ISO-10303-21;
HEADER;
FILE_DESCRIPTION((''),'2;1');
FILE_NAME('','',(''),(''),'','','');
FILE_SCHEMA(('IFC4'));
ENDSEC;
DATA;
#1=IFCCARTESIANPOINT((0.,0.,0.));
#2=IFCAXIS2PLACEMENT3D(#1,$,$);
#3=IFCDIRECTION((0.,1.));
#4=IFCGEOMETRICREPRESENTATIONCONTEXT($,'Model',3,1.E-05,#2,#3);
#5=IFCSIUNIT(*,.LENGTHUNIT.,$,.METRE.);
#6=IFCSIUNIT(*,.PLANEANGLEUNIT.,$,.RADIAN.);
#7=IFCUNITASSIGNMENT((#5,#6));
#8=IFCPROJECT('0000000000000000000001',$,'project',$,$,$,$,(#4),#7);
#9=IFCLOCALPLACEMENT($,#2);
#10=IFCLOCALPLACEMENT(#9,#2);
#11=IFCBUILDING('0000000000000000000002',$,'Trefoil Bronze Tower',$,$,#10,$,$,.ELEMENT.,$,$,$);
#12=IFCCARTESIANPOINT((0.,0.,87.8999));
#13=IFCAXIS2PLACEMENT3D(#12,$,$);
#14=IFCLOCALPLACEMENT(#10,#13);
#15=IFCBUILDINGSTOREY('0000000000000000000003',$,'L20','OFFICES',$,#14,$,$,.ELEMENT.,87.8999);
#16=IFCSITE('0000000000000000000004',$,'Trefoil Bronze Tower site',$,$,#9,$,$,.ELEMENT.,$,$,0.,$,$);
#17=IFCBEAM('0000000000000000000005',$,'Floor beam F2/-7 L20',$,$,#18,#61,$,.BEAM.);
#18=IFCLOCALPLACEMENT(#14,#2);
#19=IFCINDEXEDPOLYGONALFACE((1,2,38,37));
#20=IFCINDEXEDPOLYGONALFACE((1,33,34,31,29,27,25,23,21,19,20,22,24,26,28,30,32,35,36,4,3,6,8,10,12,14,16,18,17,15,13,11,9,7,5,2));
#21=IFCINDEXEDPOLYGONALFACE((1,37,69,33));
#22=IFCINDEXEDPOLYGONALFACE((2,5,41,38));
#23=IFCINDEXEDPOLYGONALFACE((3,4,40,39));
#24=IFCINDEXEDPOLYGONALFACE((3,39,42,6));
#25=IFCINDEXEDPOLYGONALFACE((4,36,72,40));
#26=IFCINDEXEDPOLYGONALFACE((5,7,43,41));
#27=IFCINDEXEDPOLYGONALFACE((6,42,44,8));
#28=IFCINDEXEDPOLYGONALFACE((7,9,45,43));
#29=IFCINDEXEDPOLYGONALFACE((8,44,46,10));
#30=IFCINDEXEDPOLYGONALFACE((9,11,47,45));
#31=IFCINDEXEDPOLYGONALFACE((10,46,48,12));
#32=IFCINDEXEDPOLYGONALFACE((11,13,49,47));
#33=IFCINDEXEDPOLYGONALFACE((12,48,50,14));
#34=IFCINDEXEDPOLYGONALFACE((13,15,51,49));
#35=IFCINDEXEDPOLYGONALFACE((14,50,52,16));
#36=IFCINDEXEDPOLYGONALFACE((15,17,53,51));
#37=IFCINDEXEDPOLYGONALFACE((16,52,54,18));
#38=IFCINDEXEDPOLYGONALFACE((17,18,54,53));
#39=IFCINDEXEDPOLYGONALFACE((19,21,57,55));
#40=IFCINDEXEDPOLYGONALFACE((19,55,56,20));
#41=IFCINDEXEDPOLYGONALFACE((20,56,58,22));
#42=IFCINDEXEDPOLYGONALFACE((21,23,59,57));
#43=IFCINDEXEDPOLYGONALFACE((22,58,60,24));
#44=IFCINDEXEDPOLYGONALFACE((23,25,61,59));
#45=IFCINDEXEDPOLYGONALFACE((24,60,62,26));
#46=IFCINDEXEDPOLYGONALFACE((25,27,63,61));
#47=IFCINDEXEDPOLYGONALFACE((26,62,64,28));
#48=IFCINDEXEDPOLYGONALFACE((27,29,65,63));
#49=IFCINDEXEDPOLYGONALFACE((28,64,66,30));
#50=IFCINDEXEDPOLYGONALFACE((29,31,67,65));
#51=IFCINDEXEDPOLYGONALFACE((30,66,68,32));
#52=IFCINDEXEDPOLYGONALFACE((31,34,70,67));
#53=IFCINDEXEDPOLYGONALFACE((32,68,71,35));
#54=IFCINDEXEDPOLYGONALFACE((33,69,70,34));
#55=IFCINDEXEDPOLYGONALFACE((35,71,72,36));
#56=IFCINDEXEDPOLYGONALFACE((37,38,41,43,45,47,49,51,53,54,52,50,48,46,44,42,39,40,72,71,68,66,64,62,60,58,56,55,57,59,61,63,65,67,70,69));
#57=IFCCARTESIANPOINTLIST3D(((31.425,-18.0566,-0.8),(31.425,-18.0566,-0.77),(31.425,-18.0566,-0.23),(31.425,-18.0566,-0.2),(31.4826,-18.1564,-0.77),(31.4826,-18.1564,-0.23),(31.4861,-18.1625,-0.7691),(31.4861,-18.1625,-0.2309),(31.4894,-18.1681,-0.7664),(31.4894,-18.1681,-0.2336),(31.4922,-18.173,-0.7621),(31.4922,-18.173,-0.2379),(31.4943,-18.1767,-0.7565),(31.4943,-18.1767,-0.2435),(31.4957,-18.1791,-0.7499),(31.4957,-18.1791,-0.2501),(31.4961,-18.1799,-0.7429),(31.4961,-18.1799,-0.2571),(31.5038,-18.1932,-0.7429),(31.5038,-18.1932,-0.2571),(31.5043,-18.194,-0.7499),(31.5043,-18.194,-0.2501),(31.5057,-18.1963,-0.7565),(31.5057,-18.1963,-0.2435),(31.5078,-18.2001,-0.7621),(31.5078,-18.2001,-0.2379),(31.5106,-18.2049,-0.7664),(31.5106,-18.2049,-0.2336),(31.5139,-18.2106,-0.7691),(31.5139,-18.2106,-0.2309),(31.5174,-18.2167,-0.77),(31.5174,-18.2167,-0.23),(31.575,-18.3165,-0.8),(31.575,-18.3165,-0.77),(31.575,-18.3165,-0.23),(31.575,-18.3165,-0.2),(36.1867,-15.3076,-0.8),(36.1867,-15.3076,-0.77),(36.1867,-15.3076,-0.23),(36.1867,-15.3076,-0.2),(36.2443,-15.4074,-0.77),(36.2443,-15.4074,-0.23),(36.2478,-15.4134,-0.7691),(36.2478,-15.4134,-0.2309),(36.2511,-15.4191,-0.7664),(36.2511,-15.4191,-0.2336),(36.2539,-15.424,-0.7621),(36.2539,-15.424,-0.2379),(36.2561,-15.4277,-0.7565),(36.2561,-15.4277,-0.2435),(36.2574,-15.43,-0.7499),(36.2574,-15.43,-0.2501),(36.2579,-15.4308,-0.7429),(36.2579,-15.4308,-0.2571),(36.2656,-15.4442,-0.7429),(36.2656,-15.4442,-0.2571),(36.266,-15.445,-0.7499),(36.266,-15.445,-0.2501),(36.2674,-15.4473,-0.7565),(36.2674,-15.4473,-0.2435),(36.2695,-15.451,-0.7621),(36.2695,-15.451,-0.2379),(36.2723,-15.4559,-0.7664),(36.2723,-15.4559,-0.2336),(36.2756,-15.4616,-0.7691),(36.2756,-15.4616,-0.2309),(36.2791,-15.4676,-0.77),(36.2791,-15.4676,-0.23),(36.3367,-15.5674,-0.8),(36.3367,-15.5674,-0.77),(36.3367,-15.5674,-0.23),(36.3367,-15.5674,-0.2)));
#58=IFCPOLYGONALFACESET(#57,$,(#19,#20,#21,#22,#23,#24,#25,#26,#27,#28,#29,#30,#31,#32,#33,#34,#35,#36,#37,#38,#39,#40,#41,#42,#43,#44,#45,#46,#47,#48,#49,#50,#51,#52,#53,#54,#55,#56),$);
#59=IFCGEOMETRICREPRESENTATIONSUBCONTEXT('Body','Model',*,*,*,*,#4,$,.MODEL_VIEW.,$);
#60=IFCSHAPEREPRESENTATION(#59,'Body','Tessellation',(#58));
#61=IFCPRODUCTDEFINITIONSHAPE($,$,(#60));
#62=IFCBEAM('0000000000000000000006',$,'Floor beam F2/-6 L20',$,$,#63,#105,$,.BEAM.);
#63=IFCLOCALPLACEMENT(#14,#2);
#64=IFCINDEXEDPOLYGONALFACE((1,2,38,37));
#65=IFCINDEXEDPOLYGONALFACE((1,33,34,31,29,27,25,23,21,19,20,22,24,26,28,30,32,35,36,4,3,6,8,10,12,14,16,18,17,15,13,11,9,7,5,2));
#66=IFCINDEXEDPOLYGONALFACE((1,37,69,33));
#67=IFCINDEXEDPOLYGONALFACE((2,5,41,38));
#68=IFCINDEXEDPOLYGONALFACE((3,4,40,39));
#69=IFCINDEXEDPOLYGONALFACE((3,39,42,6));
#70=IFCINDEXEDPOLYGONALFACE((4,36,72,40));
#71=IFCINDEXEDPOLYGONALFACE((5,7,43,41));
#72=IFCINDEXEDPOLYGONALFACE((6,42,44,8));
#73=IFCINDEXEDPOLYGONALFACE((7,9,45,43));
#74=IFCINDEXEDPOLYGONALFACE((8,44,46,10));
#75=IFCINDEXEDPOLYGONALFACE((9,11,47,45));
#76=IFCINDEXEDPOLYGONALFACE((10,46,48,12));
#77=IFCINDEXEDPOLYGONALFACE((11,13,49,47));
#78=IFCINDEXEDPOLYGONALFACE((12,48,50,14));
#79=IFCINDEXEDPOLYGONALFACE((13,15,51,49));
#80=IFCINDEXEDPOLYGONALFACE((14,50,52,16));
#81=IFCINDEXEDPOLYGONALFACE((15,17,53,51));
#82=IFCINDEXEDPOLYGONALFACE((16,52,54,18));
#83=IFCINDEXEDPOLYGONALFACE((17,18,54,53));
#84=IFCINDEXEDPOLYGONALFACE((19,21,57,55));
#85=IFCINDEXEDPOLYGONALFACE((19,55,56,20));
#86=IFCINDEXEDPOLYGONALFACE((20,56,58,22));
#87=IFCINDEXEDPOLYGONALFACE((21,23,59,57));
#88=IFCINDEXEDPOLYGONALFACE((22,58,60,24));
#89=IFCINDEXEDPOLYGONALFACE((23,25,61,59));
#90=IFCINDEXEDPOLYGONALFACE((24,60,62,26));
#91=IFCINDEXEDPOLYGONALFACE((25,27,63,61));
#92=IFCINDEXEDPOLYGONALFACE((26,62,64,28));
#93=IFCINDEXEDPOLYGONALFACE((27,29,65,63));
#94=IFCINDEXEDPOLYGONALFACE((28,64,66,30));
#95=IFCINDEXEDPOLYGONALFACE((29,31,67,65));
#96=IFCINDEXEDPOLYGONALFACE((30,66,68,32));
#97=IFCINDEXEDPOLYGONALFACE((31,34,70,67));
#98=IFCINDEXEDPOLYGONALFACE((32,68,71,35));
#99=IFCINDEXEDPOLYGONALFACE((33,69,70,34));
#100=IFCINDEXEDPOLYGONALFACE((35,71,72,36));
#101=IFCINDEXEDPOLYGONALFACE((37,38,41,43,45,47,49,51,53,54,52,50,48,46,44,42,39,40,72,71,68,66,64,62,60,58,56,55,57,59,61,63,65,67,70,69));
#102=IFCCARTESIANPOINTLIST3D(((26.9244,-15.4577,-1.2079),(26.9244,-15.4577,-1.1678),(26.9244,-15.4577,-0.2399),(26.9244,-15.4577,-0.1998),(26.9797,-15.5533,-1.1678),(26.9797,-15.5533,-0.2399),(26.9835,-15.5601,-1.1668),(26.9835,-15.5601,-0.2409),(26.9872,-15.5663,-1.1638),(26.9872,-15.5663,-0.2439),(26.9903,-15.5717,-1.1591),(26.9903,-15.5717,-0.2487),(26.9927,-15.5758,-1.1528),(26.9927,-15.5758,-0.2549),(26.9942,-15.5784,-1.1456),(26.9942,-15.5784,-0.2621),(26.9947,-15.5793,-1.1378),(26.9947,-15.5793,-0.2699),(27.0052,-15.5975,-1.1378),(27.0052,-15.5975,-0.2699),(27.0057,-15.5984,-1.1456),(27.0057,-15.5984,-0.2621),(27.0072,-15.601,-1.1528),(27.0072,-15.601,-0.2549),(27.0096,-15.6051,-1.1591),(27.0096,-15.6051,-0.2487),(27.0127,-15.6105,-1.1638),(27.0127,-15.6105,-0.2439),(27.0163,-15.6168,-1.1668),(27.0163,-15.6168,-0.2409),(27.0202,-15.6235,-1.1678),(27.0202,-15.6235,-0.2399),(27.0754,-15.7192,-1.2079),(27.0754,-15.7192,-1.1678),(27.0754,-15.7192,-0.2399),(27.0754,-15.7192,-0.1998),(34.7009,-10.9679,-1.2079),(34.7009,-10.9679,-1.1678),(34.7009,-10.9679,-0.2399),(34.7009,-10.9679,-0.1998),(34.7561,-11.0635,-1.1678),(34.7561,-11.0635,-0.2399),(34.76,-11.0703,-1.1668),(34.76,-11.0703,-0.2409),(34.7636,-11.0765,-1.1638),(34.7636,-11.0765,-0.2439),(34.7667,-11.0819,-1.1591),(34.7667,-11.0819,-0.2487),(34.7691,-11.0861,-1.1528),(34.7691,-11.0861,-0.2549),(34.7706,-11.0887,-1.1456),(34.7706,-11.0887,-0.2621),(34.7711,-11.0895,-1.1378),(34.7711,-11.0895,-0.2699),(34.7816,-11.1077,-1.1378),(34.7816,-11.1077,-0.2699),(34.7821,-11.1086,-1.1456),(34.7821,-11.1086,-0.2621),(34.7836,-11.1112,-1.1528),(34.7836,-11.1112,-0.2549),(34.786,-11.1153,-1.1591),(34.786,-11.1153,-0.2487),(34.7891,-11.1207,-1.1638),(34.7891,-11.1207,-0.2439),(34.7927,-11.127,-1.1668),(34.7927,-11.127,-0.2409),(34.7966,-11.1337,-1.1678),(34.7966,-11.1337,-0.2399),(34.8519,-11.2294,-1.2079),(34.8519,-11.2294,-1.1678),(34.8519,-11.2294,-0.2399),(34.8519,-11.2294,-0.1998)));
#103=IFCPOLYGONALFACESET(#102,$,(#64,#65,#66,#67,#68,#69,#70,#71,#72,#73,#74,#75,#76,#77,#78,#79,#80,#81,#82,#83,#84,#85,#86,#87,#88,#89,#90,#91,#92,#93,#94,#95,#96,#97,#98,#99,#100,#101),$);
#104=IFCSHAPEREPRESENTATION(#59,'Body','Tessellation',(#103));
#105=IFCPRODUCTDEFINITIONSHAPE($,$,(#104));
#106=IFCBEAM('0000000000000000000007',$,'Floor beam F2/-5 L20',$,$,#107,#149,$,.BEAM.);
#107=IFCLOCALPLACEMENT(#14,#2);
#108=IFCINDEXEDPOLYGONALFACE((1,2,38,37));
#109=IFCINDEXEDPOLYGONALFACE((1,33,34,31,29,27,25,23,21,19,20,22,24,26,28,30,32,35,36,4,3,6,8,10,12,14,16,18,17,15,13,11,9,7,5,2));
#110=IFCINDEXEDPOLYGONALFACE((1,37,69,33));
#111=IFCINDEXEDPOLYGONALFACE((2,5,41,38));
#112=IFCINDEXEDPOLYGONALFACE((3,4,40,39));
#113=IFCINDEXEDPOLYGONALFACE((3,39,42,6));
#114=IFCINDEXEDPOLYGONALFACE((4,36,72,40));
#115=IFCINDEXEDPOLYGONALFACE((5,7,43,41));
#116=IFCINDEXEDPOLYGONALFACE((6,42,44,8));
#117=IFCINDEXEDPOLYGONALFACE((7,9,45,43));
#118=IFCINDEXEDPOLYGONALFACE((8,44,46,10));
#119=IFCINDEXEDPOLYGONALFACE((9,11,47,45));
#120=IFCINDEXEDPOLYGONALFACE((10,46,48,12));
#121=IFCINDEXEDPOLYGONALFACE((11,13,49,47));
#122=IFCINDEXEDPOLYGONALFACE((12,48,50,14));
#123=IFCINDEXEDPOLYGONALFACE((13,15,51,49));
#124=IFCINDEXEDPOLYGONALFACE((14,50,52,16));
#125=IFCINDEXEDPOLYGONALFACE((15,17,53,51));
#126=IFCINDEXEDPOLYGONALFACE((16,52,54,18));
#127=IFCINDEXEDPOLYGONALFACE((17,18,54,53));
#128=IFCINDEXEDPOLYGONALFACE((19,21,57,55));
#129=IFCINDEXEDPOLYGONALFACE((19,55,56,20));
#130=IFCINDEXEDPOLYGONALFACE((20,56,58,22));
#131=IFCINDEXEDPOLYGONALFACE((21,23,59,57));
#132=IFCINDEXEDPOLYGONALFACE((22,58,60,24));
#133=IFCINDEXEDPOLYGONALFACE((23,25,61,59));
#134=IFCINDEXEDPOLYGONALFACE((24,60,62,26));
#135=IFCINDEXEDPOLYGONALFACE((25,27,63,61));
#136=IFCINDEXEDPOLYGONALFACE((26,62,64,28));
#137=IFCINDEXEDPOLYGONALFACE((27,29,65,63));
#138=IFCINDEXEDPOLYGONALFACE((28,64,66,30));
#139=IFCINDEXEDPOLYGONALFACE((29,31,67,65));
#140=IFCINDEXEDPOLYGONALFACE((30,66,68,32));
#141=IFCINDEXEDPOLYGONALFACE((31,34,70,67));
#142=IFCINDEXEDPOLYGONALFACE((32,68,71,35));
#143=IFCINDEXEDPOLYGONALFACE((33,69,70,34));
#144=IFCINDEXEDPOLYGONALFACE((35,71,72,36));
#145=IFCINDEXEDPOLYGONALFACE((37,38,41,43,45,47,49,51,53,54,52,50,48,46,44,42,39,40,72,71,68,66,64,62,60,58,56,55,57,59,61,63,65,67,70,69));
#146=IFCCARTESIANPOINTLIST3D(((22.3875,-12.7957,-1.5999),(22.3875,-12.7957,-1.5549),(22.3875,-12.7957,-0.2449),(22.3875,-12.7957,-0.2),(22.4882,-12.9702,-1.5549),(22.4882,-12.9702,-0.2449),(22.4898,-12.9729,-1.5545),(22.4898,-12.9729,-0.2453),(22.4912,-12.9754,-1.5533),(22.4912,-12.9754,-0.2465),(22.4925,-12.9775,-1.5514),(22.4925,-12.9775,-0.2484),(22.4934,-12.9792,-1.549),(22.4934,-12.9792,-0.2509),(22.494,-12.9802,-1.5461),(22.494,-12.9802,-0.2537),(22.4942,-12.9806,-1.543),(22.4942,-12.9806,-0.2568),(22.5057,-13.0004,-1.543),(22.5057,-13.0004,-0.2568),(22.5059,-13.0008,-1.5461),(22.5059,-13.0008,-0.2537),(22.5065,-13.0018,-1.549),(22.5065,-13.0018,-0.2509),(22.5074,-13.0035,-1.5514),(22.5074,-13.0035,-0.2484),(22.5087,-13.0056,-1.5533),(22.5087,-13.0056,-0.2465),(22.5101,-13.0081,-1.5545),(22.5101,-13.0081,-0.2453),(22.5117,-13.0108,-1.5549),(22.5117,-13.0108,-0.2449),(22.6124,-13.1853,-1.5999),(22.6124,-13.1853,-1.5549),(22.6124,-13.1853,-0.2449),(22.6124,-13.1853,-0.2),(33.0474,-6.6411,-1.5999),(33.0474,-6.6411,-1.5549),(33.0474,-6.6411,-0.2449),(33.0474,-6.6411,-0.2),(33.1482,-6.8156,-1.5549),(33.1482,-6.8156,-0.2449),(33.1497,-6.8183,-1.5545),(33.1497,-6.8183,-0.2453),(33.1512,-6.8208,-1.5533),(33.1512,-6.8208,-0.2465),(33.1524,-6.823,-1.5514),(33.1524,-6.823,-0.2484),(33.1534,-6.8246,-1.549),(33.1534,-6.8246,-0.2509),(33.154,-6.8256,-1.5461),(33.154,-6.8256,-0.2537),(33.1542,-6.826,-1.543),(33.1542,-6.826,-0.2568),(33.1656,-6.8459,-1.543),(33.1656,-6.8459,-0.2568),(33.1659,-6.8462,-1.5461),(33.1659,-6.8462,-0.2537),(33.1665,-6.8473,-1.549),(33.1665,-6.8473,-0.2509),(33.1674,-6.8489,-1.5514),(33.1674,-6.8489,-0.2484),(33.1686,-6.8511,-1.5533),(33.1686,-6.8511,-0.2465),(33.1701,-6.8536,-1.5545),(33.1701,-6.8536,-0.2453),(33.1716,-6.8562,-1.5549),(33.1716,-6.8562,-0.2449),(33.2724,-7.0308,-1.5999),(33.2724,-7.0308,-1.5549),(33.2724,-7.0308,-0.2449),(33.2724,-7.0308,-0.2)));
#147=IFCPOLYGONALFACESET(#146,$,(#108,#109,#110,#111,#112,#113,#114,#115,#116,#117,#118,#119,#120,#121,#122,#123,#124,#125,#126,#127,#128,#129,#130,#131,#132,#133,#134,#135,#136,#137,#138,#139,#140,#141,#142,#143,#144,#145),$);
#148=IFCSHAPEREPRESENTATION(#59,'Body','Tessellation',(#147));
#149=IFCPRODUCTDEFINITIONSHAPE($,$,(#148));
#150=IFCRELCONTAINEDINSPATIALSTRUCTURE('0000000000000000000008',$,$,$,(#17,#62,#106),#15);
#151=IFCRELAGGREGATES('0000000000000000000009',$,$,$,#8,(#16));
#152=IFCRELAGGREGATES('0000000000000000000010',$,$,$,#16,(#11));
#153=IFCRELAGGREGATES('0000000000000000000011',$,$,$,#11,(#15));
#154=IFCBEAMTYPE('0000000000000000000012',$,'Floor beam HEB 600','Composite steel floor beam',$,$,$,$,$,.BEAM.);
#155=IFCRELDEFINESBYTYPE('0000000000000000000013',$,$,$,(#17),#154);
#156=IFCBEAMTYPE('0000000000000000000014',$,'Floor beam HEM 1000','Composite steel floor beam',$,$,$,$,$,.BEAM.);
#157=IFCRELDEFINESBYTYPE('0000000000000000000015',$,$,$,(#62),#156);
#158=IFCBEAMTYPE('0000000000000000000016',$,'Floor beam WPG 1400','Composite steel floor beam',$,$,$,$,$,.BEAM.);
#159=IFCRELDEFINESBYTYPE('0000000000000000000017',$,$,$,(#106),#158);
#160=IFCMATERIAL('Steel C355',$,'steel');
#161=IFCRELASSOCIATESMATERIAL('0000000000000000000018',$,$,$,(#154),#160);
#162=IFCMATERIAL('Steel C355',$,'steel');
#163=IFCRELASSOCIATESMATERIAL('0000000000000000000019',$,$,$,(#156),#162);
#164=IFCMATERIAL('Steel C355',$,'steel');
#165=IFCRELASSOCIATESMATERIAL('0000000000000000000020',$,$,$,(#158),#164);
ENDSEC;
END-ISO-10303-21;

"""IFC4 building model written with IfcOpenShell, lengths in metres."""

from ifc_helpers import new_model, si_unit, direction, frame, origin, origin_2d, place, context, subcontext, project, spatial, i_section, extrude, material, material_profile, profile_set, type_object, element, save


model = new_model("IFC4")

# Units and contexts
model_context = context("Model", 3, precision=1e-05, world=origin(), true_north=direction((0.0, 1.0)))
body_context = subcontext(model_context, "Body", "Model", "MODEL_VIEW")
ifc_project = project(units=[si_unit("LENGTHUNIT", "METRE"), si_unit("PLANEANGLEUNIT", "RADIAN")], contexts=[model_context])

# Site, building, storey
site_placement = place(None, origin())
site = spatial("IfcSite", under=ifc_project, at=site_placement, Name="Trefoil Bronze Tower site", CompositionType="ELEMENT", RefElevation=0.0)
building_placement = place(site_placement, origin())
building = spatial("IfcBuilding", under=site, at=building_placement, Name="Trefoil Bronze Tower", CompositionType="ELEMENT")
storey_placement = place(building_placement, frame((0.0, 0.0, 87.8999)))
storey = spatial("IfcBuildingStorey", under=building, at=storey_placement, Name="L20", Description="OFFICES", CompositionType="ELEMENT", Elevation=87.8999)

# Beams
ifc_material_1 = material(Name="Steel C355", Category="steel")
ifc_material_profile_1 = material_profile(ifc_material_1, i_section(OverallWidth=0.3, OverallDepth=0.6001, WebThickness=0.0154, FlangeThickness=0.03, FilletRadius=0.0271, at=origin_2d()), Name="HEB 600")
ifc_profile_set_1 = profile_set([ifc_material_profile_1], Name="Steel C355")
beam_type_1 = type_object("IfcBeamType", Name="Floor beam HEB 600", Description="Composite steel floor beam", PredefinedType="BEAM", material=ifc_profile_set_1)
beam_1_placement = place(storey_placement, frame((36.2617, -15.4375, -0.5), z_axis=(-0.866038, -0.499979, 0.0), x_axis=(0.499979, -0.866038, 0.0)))
element("IfcBeam", 1, at=beam_1_placement, inside=storey, type_object=beam_type_1, Name="Floor beam F2/-7 L20", PredefinedType="BEAM", context=body_context, shape_type="SweptSolid", body=[
    extrude(i_section(OverallWidth=0.3, OverallDepth=0.6001, WebThickness=0.0154, FlangeThickness=0.03, FilletRadius=0.0271, at=origin_2d()), origin(), (0.0, 0.0, 1.0), 5.4983),
])
ifc_material_2 = material(Name="Steel C355", Category="steel")
ifc_material_profile_2 = material_profile(ifc_material_2, i_section(OverallWidth=0.302, OverallDepth=1.0081, WebThickness=0.021, FlangeThickness=0.04, FilletRadius=0.03, at=origin_2d()), Name="HEM 1000")
ifc_profile_set_2 = profile_set([ifc_material_profile_2], Name="Steel C355")
beam_type_2 = type_object("IfcBeamType", Name="Floor beam HEM 1000", Description="Composite steel floor beam", PredefinedType="BEAM", material=ifc_profile_set_2)
beam_2_placement = place(storey_placement, frame((34.7764, -11.0986, -0.7039), z_axis=(-0.866023, -0.500005, 0.0), x_axis=(0.500005, -0.866023, 0.0)))
element("IfcBeam", 2, at=beam_2_placement, inside=storey, type_object=beam_type_2, Name="Floor beam F2/-6 L20", PredefinedType="BEAM", context=body_context, shape_type="SweptSolid", body=[
    extrude(i_section(OverallWidth=0.302, OverallDepth=1.0081, WebThickness=0.021, FlangeThickness=0.04, FilletRadius=0.03, at=origin_2d()), origin(), (0.0, 0.0, 1.0), 8.9795),
])
ifc_material_3 = material(Name="Steel C355", Category="steel")
ifc_material_profile_3 = material_profile(ifc_material_3, i_section(OverallWidth=0.45, OverallDepth=1.3999, WebThickness=0.0229, FlangeThickness=0.0449, FilletRadius=0.012, at=origin_2d()), Name="WPG 1400")
ifc_profile_set_3 = profile_set([ifc_material_profile_3], Name="Steel C355")
beam_type_3 = type_object("IfcBeamType", Name="Floor beam WPG 1400", Description="Composite steel floor beam", PredefinedType="BEAM", material=ifc_profile_set_3)
beam_3_placement = place(storey_placement, frame((33.1599, -6.8359, -0.8999), z_axis=(-0.866024, -0.500002, 0.0), x_axis=(0.500002, -0.866024, 0.0)))
element("IfcBeam", 3, at=beam_3_placement, inside=storey, type_object=beam_type_3, Name="Floor beam F2/-5 L20", PredefinedType="BEAM", context=body_context, shape_type="SweptSolid", body=[
    extrude(i_section(OverallWidth=0.45, OverallDepth=1.3999, WebThickness=0.0229, FlangeThickness=0.0449, FilletRadius=0.012, at=origin_2d()), origin(), (0.0, 0.0, 1.0), 12.3091),
])

save(model, "model.ifc")
